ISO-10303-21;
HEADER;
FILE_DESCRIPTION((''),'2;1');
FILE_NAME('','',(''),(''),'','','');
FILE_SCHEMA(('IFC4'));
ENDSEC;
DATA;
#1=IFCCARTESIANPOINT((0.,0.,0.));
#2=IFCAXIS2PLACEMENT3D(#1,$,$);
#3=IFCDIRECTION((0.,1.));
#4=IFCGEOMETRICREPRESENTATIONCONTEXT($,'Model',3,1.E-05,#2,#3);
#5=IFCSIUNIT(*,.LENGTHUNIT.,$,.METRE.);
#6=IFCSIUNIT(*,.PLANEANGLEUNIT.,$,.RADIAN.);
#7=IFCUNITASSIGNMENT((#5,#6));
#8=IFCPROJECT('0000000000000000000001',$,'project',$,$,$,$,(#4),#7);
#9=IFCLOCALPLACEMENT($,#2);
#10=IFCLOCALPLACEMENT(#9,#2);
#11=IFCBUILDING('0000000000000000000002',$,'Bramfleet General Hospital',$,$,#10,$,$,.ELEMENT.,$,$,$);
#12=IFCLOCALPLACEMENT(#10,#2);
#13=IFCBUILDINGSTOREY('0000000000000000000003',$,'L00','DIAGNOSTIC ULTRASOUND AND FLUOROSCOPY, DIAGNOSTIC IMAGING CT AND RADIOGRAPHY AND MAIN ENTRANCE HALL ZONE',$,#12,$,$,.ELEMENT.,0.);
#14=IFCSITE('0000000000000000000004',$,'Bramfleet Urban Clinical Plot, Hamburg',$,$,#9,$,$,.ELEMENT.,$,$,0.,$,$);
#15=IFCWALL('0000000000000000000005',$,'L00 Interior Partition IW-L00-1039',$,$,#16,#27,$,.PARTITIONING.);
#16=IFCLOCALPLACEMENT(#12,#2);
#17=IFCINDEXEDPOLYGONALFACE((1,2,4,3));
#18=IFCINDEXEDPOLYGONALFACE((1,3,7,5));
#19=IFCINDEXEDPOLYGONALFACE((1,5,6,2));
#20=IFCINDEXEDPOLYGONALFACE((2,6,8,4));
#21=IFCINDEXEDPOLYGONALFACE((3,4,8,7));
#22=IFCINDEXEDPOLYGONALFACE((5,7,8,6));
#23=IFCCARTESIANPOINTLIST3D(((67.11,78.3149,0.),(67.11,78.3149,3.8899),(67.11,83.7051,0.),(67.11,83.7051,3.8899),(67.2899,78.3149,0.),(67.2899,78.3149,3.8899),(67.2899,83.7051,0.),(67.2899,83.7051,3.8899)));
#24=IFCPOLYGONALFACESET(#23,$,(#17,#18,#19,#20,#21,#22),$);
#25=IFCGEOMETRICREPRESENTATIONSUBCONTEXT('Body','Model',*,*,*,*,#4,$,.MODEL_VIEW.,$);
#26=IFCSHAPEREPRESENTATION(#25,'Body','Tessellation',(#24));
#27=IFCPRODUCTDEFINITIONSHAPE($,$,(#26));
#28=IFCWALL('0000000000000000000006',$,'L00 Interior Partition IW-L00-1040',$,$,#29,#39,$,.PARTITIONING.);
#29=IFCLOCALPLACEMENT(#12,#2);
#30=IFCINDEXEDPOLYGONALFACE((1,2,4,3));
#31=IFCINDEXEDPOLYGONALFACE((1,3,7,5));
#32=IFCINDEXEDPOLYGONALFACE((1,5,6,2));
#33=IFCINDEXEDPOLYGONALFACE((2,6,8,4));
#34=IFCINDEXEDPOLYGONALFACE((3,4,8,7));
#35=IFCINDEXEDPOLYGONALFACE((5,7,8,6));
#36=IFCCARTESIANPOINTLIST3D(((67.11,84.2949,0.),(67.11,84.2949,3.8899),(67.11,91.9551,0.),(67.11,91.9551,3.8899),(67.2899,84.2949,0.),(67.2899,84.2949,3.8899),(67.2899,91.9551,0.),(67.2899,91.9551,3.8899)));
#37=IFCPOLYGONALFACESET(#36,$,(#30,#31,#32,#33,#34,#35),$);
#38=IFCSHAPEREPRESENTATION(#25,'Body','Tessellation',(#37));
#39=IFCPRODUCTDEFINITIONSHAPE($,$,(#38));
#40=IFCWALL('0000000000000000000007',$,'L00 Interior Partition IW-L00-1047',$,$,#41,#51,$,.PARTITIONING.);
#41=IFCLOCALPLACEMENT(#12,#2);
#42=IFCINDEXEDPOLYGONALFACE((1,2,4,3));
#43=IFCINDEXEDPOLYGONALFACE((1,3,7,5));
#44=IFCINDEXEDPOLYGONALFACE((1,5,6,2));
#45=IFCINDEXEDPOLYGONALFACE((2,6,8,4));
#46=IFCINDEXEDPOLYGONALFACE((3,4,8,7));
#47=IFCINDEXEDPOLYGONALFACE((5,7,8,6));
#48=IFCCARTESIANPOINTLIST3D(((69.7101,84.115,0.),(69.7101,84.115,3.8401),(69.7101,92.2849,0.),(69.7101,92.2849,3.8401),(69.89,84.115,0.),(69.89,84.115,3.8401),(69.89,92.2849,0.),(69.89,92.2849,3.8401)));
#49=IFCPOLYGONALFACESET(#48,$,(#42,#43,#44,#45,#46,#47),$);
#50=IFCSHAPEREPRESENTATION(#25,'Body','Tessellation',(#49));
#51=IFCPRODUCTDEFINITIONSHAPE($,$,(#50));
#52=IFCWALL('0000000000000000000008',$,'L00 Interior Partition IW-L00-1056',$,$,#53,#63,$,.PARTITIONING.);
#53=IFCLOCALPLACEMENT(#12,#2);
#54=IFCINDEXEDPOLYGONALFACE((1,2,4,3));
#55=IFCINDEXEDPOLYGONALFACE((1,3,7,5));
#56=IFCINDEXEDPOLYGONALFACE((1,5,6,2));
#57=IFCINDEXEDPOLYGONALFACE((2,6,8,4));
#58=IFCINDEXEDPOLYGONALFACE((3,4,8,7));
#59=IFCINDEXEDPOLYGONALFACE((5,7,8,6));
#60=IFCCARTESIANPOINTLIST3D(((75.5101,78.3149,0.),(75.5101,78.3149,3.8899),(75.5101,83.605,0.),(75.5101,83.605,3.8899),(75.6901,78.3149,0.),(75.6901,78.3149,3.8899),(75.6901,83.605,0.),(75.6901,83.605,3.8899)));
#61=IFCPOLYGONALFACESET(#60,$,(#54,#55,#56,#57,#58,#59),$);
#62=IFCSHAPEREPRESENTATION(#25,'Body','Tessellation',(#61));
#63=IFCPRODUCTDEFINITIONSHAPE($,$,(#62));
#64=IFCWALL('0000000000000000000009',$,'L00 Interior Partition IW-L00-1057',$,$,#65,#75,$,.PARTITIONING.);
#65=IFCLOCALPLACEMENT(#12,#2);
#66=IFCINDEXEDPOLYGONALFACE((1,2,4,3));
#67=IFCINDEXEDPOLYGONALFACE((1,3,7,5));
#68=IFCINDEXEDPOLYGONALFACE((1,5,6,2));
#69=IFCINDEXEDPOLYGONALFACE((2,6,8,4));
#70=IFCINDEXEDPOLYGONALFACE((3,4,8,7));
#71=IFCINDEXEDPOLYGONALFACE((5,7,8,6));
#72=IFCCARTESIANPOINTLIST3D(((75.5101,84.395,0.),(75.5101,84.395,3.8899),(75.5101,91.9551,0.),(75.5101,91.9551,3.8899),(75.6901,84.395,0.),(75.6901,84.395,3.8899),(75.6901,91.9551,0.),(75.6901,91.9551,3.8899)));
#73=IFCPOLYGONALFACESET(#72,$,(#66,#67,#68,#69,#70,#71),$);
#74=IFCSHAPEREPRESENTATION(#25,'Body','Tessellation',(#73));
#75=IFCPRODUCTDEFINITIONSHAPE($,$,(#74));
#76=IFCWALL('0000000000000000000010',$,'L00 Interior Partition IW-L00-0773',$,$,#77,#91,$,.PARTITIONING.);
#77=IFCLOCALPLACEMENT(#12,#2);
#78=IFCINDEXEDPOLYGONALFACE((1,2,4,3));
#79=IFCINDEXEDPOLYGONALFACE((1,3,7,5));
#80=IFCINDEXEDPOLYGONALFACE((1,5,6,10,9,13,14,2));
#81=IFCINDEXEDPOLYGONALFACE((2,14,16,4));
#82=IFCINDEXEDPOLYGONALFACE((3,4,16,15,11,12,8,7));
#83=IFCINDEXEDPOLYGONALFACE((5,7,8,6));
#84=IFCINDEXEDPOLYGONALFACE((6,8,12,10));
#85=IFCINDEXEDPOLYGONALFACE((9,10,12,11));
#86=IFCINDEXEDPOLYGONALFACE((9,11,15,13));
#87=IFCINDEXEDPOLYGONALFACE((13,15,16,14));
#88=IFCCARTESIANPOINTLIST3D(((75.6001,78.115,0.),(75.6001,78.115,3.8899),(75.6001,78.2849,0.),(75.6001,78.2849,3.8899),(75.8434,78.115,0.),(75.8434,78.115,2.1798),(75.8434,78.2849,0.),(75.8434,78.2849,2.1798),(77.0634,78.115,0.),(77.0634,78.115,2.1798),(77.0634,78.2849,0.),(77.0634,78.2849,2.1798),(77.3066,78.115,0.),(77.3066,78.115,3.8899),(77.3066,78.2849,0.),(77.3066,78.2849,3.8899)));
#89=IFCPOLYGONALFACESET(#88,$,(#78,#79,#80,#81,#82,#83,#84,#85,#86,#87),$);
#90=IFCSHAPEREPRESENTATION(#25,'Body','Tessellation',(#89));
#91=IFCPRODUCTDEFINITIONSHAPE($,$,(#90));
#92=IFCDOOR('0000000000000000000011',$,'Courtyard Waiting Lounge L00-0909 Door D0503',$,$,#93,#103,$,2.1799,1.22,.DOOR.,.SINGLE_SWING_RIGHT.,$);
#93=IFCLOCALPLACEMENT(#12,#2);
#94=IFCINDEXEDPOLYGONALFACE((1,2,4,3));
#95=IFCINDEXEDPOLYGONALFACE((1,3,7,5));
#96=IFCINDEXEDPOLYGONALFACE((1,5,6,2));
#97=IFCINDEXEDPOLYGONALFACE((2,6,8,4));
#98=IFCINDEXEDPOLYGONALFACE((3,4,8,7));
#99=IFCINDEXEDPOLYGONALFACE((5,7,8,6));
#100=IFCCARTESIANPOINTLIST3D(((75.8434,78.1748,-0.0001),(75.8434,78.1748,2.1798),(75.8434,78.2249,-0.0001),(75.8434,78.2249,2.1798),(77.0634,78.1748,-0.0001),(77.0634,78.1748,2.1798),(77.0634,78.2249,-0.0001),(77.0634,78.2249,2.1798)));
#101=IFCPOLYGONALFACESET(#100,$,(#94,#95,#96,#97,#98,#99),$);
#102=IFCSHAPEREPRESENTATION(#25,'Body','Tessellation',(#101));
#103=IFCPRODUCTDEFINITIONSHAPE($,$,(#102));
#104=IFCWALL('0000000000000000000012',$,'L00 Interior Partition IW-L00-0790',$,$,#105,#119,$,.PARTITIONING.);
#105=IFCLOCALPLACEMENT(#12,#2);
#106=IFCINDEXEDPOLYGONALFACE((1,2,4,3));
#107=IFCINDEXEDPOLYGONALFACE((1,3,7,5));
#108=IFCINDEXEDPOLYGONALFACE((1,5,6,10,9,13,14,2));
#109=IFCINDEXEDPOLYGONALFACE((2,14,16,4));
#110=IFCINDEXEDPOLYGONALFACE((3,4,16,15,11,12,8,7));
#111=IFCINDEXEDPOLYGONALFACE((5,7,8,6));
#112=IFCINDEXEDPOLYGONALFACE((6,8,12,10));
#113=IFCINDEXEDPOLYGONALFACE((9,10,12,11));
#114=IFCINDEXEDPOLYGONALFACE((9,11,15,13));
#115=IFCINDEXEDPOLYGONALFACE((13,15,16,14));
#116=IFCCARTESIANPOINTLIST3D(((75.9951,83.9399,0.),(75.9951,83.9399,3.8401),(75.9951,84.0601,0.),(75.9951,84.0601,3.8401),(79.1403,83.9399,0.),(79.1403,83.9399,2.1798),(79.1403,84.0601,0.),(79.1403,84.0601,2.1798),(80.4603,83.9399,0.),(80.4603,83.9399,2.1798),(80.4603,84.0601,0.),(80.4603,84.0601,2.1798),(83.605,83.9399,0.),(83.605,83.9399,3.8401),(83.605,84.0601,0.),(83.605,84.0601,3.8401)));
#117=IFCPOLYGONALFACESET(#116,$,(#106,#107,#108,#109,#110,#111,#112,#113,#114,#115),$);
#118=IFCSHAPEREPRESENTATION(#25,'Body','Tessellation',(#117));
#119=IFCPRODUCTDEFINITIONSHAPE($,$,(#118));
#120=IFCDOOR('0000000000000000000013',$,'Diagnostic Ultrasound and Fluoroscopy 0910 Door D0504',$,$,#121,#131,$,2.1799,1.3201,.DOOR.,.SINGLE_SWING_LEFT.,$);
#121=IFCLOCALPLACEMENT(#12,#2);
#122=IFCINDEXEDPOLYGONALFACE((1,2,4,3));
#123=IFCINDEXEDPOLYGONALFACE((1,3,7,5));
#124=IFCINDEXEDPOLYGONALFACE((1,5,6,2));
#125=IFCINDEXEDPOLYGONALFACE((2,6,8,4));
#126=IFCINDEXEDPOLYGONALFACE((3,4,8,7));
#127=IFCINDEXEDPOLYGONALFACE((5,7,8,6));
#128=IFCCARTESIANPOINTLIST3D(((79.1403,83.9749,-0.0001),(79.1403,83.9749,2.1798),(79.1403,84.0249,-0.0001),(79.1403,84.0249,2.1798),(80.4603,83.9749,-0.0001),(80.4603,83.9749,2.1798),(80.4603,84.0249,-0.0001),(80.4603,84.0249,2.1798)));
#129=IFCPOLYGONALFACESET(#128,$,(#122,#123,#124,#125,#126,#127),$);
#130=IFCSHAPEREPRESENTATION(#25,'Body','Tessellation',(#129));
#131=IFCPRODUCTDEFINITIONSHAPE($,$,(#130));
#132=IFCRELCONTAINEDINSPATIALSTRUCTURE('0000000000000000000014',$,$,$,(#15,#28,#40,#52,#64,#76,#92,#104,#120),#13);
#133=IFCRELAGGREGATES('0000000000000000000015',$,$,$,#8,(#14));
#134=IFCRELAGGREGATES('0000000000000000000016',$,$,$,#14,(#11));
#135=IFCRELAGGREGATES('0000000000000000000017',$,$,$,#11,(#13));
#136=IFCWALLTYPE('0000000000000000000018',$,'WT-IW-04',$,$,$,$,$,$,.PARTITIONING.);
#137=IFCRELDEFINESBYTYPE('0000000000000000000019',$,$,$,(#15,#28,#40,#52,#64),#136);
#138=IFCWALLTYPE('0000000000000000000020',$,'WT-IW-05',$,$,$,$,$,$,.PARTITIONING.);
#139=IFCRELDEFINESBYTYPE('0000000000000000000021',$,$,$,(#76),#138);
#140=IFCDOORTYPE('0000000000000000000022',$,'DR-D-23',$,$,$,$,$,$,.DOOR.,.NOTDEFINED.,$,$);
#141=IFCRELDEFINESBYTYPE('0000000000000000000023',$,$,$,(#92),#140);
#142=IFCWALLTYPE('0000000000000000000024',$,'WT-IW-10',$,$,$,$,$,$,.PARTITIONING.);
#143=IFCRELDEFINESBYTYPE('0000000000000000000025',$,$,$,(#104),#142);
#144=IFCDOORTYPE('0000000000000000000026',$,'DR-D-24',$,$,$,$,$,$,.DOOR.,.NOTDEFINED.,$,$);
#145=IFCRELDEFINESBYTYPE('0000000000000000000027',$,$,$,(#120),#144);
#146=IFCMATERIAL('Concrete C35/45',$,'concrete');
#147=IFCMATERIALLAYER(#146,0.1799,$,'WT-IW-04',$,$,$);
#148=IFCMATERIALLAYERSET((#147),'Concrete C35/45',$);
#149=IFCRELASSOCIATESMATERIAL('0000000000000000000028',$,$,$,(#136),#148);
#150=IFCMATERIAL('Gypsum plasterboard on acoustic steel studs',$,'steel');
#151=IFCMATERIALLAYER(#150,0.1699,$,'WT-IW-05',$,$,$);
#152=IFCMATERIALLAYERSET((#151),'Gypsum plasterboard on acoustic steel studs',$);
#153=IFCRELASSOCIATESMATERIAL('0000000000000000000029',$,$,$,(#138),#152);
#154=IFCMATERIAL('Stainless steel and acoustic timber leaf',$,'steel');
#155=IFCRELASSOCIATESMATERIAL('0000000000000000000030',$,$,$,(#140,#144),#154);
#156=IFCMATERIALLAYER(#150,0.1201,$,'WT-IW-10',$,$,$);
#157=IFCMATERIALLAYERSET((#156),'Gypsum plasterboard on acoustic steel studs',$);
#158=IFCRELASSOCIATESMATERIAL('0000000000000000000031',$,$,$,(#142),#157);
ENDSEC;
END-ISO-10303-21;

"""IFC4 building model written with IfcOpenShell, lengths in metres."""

from ifc_helpers import new_model, si_unit, direction, frame, frame_2d, origin, place, context, subcontext, project, spatial, rectangle, extrude, material, layer, layer_set, type_object, element, fill, save


model = new_model("IFC4")

# Units and contexts
model_context = context("Model", 3, precision=1e-05, world=origin(), true_north=direction((0.0, 1.0)))
body_context = subcontext(model_context, "Body", "Model", "MODEL_VIEW")
ifc_project = project(units=[si_unit("LENGTHUNIT", "METRE"), si_unit("PLANEANGLEUNIT", "RADIAN")], contexts=[model_context])

# Site, building, storey
site_placement = place(None, origin())
site = spatial("IfcSite", under=ifc_project, at=site_placement, Name="Bramfleet Urban Clinical Plot, Hamburg", CompositionType="ELEMENT", RefElevation=0.0)
building_placement = place(site_placement, origin())
building = spatial("IfcBuilding", under=site, at=building_placement, Name="Bramfleet General Hospital", CompositionType="ELEMENT")
storey_placement = place(building_placement, origin())
storey = spatial("IfcBuildingStorey", under=building, at=storey_placement, Name="L00", Description="DIAGNOSTIC ULTRASOUND AND FLUOROSCOPY, DIAGNOSTIC IMAGING CT AND RADIOGRAPHY AND MAIN ENTRANCE HALL ZONE", CompositionType="ELEMENT", Elevation=0.0)

# Shared definitions
ifc_material_1 = material(Name="Concrete C35/45", Category="concrete")

# Shared definitions
ifc_layer_1 = layer(ifc_material_1, 0.1799, Name="WT-IW-04")
ifc_layer_set_1 = layer_set([ifc_layer_1], Name="Concrete C35/45")
wall_type_1 = type_object("IfcWallType", Name="WT-IW-04", PredefinedType="PARTITIONING", material=ifc_layer_set_1)
ifc_material_2 = material(Name="Stainless steel and acoustic timber leaf", Category="steel")

# Walls
wall_1_placement = place(storey_placement, frame((67.2, 78.3149, 0.0), z_axis=(0.0, 0.0, 1.0), x_axis=(0.0, 1.0, 0.0)))
element("IfcWall", 1, at=wall_1_placement, inside=storey, type_object=wall_type_1, Name="L00 Interior Partition IW-L00-1039", PredefinedType="PARTITIONING", context=body_context, shape_type="SweptSolid", body=[
    extrude(rectangle(XDim=5.3901, YDim=0.1799, at=frame_2d((2.6951, 0.0))), origin(), (0.0, 0.0, 1.0), 3.8899),
])
wall_2_placement = place(storey_placement, frame((67.2, 84.2949, 0.0), z_axis=(0.0, 0.0, 1.0), x_axis=(0.0, 1.0, 0.0)))
element("IfcWall", 2, at=wall_2_placement, inside=storey, type_object=wall_type_1, Name="L00 Interior Partition IW-L00-1040", PredefinedType="PARTITIONING", context=body_context, shape_type="SweptSolid", body=[
    extrude(rectangle(XDim=7.6602, YDim=0.1799, at=frame_2d((3.8301, 0.0))), origin(), (0.0, 0.0, 1.0), 3.8899),
])
wall_3_placement = place(storey_placement, frame((69.8, 84.115, 0.0), z_axis=(0.0, 0.0, 1.0), x_axis=(0.0, 1.0, 0.0)))
element("IfcWall", 3, at=wall_3_placement, inside=storey, type_object=wall_type_1, Name="L00 Interior Partition IW-L00-1047", PredefinedType="PARTITIONING", context=body_context, shape_type="SweptSolid", body=[
    extrude(rectangle(XDim=8.1699, YDim=0.1799, at=frame_2d((4.085, 0.0))), origin(), (0.0, 0.0, 1.0), 3.8401),
])
wall_4_placement = place(storey_placement, frame((75.6001, 78.3149, 0.0), z_axis=(0.0, 0.0, 1.0), x_axis=(0.0, 1.0, 0.0)))
element("IfcWall", 4, at=wall_4_placement, inside=storey, type_object=wall_type_1, Name="L00 Interior Partition IW-L00-1056", PredefinedType="PARTITIONING", context=body_context, shape_type="SweptSolid", body=[
    extrude(rectangle(XDim=5.29, YDim=0.1799, at=frame_2d((2.645, 0.0))), origin(), (0.0, 0.0, 1.0), 3.8899),
])
wall_5_placement = place(storey_placement, frame((75.6001, 84.395, 0.0), z_axis=(0.0, 0.0, 1.0), x_axis=(0.0, 1.0, 0.0)))
element("IfcWall", 5, at=wall_5_placement, inside=storey, type_object=wall_type_1, Name="L00 Interior Partition IW-L00-1057", PredefinedType="PARTITIONING", context=body_context, shape_type="SweptSolid", body=[
    extrude(rectangle(XDim=7.5601, YDim=0.1799, at=frame_2d((3.78, 0.0))), origin(), (0.0, 0.0, 1.0), 3.8899),
])

# Walls, openings, doors
ifc_material_3 = material(Name="Gypsum plasterboard on acoustic steel studs", Category="steel")
ifc_layer_2 = layer(ifc_material_3, 0.1699, Name="WT-IW-05")
ifc_layer_set_2 = layer_set([ifc_layer_2], Name="Gypsum plasterboard on acoustic steel studs")
wall_type_2 = type_object("IfcWallType", Name="WT-IW-05", PredefinedType="PARTITIONING", material=ifc_layer_set_2)
wall_6_placement = place(storey_placement, frame((75.6001, 78.2, 0.0), z_axis=(0.0, 0.0, 1.0), x_axis=(1.0, 0.0, 0.0)))
wall_6 = element("IfcWall", 6, at=wall_6_placement, inside=storey, type_object=wall_type_2, Name="L00 Interior Partition IW-L00-0773", PredefinedType="PARTITIONING", context=body_context, shape_type="SweptSolid", body=[
    extrude(rectangle(XDim=1.7065, YDim=0.1699, at=frame_2d((0.8533, 0.0))), origin(), (0.0, 0.0, 1.0), 3.8899),
])
opening_1_placement = place(wall_6_placement, frame((0.2434, 0.0, 0.0)))
opening_1 = element("IfcOpeningElement", 7, at=opening_1_placement, cuts=wall_6, PredefinedType="OPENING", context=body_context, shape_type="SweptSolid", body=[
    extrude(rectangle(XDim=1.22, YDim=2.1799, at=frame_2d((0.6099, 1.0898))), frame((0.0, 0.095, 0.0), z_axis=(0.0, -1.0, 0.0), x_axis=(1.0, 0.0, 0.0)), (0.0, 0.0, 1.0), 0.1899),
])
door_type_1 = type_object("IfcDoorType", Name="DR-D-23", OperationType="NOTDEFINED", PredefinedType="DOOR", material=ifc_material_2)
door_1_placement = place(opening_1_placement, origin())
door_1 = element("IfcDoor", 8, at=door_1_placement, inside=storey, type_object=door_type_1, Name="Courtyard Waiting Lounge L00-0909 Door D0503", OperationType="SINGLE_SWING_RIGHT", OverallHeight=2.1799, OverallWidth=1.22, PredefinedType="DOOR", context=body_context, shape_type="SweptSolid", body=[
    extrude(rectangle(XDim=1.22, YDim=2.1799, at=frame_2d((0.6099, 1.0898))), frame((0.0, 0.0249, 0.0), z_axis=(0.0, -1.0, 0.0), x_axis=(1.0, 0.0, 0.0)), (0.0, 0.0, 1.0), 0.05),
])
fill(opening_1, door_1)
ifc_layer_3 = layer(ifc_material_3, 0.1201, Name="WT-IW-10")
ifc_layer_set_3 = layer_set([ifc_layer_3], Name="Gypsum plasterboard on acoustic steel studs")
wall_type_3 = type_object("IfcWallType", Name="WT-IW-10", PredefinedType="PARTITIONING", material=ifc_layer_set_3)
wall_7_placement = place(storey_placement, frame((75.9951, 84.0, 0.0), z_axis=(0.0, 0.0, 1.0), x_axis=(1.0, 0.0, 0.0)))
wall_7 = element("IfcWall", 9, at=wall_7_placement, inside=storey, type_object=wall_type_3, Name="L00 Interior Partition IW-L00-0790", PredefinedType="PARTITIONING", context=body_context, shape_type="SweptSolid", body=[
    extrude(rectangle(XDim=7.6099, YDim=0.1201, at=frame_2d((3.8049, 0.0))), origin(), (0.0, 0.0, 1.0), 3.8401),
])
opening_2_placement = place(wall_7_placement, frame((3.145, 0.0, 0.0)))
opening_2 = element("IfcOpeningElement", 10, at=opening_2_placement, cuts=wall_7, PredefinedType="OPENING", context=body_context, shape_type="SweptSolid", body=[
    extrude(rectangle(XDim=1.3201, YDim=2.1799, at=frame_2d((0.6602, 1.0898))), frame((0.0, 0.0701, 0.0), z_axis=(0.0, -1.0, 0.0), x_axis=(1.0, 0.0, 0.0)), (0.0, 0.0, 1.0), 0.1401),
])
door_type_2 = type_object("IfcDoorType", Name="DR-D-24", OperationType="NOTDEFINED", PredefinedType="DOOR", material=ifc_material_2)
door_2_placement = place(opening_2_placement, origin())
door_2 = element("IfcDoor", 11, at=door_2_placement, inside=storey, type_object=door_type_2, Name="Diagnostic Ultrasound and Fluoroscopy 0910 Door D0504", OperationType="SINGLE_SWING_LEFT", OverallHeight=2.1799, OverallWidth=1.3201, PredefinedType="DOOR", context=body_context, shape_type="SweptSolid", body=[
    extrude(rectangle(XDim=1.3201, YDim=2.1799, at=frame_2d((0.6602, 1.0898))), frame((0.0, 0.0249, 0.0), z_axis=(0.0, -1.0, 0.0), x_axis=(1.0, 0.0, 0.0)), (0.0, 0.0, 1.0), 0.05),
])
fill(opening_2, door_2)

save(model, "model.ifc")
